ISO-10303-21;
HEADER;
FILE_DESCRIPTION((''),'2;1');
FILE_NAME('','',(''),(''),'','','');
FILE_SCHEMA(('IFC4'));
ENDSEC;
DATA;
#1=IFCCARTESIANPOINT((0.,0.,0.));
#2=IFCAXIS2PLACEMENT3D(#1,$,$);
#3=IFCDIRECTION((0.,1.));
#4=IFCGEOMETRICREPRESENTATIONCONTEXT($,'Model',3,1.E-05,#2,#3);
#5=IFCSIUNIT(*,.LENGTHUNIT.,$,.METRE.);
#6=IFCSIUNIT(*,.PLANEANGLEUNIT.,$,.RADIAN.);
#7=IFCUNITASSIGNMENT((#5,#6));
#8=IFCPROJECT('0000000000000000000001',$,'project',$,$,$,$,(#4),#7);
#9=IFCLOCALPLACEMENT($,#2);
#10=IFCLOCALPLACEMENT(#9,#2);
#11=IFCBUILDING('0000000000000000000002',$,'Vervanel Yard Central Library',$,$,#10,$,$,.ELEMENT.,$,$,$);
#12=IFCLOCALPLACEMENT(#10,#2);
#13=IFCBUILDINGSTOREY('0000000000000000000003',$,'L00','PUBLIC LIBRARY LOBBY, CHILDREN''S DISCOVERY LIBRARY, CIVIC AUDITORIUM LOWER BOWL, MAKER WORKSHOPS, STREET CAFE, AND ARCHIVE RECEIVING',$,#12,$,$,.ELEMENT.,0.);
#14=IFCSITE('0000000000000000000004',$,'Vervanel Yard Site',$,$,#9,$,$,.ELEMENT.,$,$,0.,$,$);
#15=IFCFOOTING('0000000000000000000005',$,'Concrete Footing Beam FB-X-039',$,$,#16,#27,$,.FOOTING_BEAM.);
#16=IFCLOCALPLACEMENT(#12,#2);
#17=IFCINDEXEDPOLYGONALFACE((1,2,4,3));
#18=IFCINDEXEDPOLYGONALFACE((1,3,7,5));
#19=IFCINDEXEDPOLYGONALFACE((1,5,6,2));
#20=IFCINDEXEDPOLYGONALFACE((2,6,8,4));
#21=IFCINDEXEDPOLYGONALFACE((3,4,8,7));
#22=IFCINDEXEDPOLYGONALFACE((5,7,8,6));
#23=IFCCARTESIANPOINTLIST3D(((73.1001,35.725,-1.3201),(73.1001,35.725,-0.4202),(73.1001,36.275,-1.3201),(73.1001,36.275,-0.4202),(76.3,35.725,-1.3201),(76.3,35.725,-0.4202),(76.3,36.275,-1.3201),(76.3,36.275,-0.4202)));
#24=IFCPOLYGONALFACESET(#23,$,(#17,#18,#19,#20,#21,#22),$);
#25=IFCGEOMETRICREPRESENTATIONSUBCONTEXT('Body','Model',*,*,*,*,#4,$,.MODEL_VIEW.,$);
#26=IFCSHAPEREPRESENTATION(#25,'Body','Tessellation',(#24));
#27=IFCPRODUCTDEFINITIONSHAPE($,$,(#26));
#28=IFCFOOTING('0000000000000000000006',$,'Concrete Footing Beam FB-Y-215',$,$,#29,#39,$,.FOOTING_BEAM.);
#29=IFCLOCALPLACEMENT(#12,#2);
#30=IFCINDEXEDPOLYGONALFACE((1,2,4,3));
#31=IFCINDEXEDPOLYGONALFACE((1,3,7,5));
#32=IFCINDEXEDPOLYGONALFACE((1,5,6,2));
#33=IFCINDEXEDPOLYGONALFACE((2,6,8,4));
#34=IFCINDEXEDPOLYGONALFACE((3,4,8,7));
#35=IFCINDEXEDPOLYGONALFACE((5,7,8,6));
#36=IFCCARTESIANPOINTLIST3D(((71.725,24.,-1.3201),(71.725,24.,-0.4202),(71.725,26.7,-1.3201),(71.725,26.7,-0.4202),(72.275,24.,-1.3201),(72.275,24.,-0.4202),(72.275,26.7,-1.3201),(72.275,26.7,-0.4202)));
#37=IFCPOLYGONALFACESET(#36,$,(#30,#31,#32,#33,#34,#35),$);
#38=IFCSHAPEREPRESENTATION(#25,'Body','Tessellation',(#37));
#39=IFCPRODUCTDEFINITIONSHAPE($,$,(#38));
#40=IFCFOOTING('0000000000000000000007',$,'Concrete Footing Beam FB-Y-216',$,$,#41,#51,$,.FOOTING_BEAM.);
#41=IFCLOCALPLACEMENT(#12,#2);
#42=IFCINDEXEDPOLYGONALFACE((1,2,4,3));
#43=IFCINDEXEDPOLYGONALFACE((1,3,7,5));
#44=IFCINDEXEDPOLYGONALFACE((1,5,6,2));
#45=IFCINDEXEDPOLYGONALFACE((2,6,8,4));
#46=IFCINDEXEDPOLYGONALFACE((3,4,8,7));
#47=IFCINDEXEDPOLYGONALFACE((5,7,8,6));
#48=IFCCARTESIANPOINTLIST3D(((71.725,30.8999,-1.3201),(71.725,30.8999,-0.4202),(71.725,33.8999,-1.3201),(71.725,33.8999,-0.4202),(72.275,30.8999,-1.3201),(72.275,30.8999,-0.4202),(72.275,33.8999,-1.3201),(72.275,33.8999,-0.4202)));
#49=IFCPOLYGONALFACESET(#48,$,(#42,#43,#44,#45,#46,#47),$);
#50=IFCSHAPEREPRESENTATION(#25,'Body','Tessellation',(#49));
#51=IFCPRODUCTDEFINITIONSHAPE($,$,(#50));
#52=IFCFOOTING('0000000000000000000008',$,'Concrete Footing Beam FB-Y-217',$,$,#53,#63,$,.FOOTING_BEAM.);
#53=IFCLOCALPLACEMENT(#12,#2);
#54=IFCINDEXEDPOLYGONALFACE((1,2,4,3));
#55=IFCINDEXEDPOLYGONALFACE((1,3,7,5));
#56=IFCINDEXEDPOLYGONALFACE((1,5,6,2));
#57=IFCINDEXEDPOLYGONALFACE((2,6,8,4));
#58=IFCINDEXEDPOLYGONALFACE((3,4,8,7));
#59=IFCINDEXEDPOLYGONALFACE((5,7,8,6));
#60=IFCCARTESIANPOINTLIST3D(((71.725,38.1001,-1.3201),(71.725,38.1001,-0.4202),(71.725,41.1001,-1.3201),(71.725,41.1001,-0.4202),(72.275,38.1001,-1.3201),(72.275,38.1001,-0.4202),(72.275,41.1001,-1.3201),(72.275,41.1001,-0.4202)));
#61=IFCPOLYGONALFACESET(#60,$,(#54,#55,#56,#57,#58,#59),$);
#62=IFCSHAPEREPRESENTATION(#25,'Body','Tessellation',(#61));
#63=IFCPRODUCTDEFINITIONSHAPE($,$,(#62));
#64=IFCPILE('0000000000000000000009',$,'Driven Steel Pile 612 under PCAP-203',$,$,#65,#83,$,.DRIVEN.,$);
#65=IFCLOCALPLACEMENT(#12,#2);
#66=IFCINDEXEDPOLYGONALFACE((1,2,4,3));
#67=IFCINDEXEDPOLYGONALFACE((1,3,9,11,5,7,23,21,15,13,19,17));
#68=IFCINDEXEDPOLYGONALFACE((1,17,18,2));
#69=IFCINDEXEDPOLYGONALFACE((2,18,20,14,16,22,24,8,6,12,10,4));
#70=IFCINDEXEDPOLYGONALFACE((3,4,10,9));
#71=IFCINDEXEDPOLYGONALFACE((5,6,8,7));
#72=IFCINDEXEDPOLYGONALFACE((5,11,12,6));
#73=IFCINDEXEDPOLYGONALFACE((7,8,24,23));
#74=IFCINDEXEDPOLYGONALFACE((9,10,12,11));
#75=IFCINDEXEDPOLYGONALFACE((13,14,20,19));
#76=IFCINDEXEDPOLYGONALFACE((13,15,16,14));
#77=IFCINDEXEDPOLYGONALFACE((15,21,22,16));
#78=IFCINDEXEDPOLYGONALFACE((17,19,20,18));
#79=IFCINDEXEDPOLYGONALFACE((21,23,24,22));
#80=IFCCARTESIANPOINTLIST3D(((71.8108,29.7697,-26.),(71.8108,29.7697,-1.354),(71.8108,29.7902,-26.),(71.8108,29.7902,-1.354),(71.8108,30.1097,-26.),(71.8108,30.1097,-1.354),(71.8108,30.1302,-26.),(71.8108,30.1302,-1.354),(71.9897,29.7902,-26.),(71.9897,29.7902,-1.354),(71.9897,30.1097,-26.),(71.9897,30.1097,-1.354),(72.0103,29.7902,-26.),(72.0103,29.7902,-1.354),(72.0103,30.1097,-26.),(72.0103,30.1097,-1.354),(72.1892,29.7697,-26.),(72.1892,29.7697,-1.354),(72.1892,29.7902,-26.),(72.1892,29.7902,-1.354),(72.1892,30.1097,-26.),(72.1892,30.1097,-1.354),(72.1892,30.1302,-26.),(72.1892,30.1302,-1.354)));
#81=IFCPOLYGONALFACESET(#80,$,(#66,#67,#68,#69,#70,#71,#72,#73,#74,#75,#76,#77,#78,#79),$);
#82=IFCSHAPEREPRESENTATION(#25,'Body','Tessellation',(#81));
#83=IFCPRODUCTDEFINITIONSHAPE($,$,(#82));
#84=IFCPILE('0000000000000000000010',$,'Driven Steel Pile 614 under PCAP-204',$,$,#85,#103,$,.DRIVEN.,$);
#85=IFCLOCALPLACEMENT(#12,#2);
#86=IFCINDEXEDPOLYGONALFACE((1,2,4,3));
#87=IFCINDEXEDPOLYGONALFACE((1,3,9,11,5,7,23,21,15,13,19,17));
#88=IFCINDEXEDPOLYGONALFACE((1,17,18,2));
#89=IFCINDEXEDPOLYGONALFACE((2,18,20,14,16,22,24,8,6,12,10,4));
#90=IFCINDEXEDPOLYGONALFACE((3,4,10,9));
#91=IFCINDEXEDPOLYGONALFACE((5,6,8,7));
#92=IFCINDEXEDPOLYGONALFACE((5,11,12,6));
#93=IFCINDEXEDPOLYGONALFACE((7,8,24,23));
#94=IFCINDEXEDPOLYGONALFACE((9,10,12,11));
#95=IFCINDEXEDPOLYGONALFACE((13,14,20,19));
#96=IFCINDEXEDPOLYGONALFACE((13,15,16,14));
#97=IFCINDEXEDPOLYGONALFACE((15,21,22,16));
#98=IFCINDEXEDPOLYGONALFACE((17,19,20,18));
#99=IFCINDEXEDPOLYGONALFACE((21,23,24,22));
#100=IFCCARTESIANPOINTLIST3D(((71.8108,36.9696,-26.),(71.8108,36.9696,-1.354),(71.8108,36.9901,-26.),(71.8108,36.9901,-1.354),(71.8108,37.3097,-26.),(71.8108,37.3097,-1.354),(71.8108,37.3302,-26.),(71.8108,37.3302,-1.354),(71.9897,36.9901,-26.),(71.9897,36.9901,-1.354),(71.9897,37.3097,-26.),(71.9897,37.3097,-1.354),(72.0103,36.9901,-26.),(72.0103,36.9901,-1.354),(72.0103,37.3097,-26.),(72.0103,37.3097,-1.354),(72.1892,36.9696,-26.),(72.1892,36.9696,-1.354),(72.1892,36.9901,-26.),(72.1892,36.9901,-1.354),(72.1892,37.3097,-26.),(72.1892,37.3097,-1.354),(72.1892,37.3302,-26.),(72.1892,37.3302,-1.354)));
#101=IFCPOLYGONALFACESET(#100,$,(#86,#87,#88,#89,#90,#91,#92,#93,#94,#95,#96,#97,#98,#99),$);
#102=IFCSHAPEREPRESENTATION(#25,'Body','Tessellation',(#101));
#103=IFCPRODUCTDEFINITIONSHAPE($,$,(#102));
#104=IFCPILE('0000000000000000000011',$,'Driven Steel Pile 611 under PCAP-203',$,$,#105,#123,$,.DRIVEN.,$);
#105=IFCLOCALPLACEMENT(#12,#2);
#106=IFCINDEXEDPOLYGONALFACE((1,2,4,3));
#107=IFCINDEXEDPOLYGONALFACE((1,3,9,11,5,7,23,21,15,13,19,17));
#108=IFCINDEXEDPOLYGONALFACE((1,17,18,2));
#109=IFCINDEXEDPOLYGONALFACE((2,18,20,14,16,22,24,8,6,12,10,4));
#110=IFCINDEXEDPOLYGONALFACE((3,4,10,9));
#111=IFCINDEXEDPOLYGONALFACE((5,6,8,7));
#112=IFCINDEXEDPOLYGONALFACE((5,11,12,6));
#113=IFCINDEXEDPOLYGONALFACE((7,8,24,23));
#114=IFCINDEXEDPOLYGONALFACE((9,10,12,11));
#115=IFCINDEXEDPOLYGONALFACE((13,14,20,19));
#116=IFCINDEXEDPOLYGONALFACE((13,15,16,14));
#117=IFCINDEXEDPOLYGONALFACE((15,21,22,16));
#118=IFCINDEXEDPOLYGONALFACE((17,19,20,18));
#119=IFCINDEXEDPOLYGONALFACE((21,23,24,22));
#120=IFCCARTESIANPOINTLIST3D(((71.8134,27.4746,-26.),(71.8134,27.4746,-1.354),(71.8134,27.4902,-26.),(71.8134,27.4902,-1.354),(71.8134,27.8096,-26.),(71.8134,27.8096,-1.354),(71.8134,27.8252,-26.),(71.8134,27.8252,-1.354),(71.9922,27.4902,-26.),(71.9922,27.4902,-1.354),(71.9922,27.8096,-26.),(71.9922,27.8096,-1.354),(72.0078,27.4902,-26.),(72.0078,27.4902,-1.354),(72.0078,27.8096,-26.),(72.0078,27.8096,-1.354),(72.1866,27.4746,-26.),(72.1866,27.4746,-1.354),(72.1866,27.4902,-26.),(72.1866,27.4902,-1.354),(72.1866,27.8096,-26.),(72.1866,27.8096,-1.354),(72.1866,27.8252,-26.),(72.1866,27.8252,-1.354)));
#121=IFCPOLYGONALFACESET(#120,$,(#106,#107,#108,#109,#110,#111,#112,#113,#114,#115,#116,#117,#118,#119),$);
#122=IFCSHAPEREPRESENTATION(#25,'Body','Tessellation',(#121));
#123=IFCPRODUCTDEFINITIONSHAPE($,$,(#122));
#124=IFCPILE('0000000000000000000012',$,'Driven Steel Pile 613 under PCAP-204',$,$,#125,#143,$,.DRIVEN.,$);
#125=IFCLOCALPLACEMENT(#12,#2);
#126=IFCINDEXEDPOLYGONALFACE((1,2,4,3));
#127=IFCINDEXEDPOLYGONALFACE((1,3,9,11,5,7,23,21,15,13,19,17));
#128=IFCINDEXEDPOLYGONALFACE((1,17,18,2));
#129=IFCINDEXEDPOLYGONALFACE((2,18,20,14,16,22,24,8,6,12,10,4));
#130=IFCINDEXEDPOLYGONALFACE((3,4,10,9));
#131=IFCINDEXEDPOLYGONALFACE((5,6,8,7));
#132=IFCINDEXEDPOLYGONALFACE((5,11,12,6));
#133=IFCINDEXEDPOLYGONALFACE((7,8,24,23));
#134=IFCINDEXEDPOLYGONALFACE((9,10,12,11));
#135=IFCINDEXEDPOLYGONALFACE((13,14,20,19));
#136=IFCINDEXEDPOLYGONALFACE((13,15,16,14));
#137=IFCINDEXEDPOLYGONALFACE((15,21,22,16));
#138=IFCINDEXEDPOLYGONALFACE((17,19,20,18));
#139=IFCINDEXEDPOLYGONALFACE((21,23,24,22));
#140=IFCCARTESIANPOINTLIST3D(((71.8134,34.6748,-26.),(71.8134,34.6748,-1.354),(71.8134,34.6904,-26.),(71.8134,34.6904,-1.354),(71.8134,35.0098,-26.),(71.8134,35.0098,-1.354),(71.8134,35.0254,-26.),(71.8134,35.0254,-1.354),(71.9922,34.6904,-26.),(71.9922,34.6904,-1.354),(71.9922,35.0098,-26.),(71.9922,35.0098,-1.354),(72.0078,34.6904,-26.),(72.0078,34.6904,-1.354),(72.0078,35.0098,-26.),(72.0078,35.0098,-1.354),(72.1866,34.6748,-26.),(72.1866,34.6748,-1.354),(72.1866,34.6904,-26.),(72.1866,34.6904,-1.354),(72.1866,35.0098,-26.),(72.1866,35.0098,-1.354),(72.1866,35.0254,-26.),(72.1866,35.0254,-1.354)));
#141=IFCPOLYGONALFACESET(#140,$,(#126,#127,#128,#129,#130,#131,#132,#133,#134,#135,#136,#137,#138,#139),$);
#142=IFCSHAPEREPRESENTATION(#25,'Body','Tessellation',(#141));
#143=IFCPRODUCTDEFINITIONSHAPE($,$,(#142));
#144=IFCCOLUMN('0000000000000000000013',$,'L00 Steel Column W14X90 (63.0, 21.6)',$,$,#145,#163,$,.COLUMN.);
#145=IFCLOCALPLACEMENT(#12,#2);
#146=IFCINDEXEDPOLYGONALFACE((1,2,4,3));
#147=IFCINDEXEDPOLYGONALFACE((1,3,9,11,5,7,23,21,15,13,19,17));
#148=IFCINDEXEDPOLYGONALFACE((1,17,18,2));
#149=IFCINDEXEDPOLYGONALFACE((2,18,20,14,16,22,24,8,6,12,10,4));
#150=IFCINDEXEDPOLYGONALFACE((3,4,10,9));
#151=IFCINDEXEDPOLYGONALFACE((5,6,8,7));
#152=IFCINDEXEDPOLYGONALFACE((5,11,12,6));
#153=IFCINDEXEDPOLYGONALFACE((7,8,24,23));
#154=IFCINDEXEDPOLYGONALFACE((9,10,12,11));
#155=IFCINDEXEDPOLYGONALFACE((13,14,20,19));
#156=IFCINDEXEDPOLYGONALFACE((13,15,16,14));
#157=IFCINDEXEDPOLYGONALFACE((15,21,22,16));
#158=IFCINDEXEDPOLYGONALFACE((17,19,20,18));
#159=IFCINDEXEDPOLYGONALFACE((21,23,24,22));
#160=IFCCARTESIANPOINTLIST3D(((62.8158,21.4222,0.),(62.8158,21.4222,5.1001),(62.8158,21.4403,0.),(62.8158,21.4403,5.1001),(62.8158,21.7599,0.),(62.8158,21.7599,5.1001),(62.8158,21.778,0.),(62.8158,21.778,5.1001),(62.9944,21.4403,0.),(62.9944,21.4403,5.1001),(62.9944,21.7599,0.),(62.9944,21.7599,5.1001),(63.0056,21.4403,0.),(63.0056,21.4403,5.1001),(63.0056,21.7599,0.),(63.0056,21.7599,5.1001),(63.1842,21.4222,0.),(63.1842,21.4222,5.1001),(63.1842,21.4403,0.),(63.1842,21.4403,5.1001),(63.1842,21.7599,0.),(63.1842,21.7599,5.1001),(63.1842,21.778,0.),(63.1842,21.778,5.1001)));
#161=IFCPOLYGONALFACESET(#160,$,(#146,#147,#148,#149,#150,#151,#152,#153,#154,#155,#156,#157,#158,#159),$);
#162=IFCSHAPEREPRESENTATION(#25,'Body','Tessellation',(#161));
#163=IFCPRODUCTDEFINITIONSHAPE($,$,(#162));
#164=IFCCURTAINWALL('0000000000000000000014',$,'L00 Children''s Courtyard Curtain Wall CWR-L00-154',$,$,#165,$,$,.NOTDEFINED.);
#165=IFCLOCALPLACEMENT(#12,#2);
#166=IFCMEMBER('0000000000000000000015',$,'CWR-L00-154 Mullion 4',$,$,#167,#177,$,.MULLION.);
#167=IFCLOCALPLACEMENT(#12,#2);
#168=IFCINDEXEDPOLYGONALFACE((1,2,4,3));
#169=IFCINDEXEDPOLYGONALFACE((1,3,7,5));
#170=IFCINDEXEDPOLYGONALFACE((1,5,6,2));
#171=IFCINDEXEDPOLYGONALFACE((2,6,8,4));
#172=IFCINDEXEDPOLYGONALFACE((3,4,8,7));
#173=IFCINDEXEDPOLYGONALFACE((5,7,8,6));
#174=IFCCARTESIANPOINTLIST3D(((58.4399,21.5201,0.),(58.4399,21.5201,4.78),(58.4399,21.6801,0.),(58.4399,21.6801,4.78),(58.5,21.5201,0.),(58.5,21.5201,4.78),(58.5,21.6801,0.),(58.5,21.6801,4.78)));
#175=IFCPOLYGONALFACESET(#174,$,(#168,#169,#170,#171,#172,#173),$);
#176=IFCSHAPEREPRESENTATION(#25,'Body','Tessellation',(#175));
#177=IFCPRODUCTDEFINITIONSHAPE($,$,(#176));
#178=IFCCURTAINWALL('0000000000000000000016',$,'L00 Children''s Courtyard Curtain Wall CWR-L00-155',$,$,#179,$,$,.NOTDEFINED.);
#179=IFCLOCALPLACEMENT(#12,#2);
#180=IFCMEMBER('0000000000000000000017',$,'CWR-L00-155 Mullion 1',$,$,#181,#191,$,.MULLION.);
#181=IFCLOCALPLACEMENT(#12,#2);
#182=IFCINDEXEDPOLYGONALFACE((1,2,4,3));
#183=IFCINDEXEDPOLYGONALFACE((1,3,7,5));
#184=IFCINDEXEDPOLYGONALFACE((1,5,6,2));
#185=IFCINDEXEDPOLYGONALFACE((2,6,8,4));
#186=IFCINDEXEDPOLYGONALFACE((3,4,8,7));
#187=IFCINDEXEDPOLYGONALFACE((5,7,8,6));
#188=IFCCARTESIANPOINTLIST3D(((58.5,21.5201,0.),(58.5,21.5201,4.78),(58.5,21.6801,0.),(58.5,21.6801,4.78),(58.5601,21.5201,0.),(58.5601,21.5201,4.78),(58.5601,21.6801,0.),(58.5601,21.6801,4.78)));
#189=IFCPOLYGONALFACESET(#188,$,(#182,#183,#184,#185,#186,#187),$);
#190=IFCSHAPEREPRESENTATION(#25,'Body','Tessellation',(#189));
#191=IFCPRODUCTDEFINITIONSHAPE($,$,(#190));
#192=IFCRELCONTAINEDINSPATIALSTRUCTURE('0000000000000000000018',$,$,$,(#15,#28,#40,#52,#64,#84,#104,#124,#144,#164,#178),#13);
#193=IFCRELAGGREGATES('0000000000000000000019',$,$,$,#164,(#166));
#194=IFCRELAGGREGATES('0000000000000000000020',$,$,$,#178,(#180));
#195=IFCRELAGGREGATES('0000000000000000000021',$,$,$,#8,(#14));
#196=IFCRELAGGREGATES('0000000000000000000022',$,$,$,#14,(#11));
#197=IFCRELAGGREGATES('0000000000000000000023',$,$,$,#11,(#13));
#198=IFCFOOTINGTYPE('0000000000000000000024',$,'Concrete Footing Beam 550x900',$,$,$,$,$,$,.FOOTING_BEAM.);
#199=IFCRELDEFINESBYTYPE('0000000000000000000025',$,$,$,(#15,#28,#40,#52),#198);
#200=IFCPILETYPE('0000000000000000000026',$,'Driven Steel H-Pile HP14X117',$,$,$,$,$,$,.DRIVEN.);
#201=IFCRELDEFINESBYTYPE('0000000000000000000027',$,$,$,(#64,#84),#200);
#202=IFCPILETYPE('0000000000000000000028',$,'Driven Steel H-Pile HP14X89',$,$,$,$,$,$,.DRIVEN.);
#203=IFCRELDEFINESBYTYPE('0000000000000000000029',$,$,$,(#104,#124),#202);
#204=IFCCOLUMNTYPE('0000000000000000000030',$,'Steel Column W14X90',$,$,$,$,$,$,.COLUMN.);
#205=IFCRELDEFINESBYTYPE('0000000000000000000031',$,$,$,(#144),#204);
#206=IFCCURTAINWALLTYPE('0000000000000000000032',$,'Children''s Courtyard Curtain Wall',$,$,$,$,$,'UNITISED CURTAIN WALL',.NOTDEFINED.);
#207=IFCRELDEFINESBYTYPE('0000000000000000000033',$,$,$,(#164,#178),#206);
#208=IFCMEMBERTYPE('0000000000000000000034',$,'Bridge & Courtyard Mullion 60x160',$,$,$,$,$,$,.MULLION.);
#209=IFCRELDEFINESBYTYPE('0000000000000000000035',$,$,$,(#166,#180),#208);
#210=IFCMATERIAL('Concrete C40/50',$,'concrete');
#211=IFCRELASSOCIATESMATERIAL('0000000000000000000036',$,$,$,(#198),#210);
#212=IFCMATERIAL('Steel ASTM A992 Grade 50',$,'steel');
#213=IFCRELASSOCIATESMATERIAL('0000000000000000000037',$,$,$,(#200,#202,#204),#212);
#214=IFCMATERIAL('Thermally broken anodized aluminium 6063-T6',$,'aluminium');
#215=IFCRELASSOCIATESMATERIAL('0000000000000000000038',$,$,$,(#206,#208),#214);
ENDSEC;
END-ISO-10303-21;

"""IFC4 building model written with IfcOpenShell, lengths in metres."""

from ifc_helpers import new_model, si_unit, direction, frame, origin, origin_2d, place, context, subcontext, project, spatial, rectangle, i_section, extrude, material, material_profile, profile_set, type_object, element, aggregate, save


model = new_model("IFC4")

# Units and contexts
model_context = context("Model", 3, precision=1e-05, world=origin(), true_north=direction((0.0, 1.0)))
body_context = subcontext(model_context, "Body", "Model", "MODEL_VIEW")
ifc_project = project(units=[si_unit("LENGTHUNIT", "METRE"), si_unit("PLANEANGLEUNIT", "RADIAN")], contexts=[model_context])

# Site, building, storey
site_placement = place(None, origin())
site = spatial("IfcSite", under=ifc_project, at=site_placement, Name="Vervanel Yard Site", CompositionType="ELEMENT", RefElevation=0.0)
building_placement = place(site_placement, origin())
building = spatial("IfcBuilding", under=site, at=building_placement, Name="Vervanel Yard Central Library", CompositionType="ELEMENT")
storey_placement = place(building_placement, origin())
storey = spatial("IfcBuildingStorey", under=building, at=storey_placement, Name="L00", Description="PUBLIC LIBRARY LOBBY, CHILDREN'S DISCOVERY LIBRARY, CIVIC AUDITORIUM LOWER BOWL, MAKER WORKSHOPS, STREET CAFE, AND ARCHIVE RECEIVING", CompositionType="ELEMENT", Elevation=0.0)

# Shared definitions
ifc_material_1 = material(Name="Concrete C40/50", Category="concrete")

# Footings
ifc_material_profile_1 = material_profile(ifc_material_1, rectangle(XDim=0.55, YDim=0.8999, at=origin_2d()), Name="RC 550x900", Category="concrete")
ifc_profile_set_1 = profile_set([ifc_material_profile_1], Name="Concrete C40/50")
footing_type_1 = type_object("IfcFootingType", Name="Concrete Footing Beam 550x900", PredefinedType="FOOTING_BEAM", material=ifc_profile_set_1)
for number, where, z_axis, x_axis, name in (
    (1, (73.1001, 36.0, -0.8701), (1.0, 0.0, 0.0), (0.0, 1.0, 0.0), "Concrete Footing Beam FB-X-039"),
):
    element("IfcFooting", number, at=place(storey_placement, frame(where, z_axis=z_axis, x_axis=x_axis)), inside=storey, type_object=footing_type_1, Name=name, PredefinedType="FOOTING_BEAM", context=body_context, shape_type="SweptSolid", body=[
        extrude(rectangle(XDim=0.55, YDim=0.8999, at=origin_2d()), origin(), (0.0, 0.0, 1.0), 3.2),
    ])
footing_1_placement = place(storey_placement, frame((72.0, 24.0, -0.8701), z_axis=(0.0, 1.0, 0.0), x_axis=(-1.0, 0.0, 0.0)))
element("IfcFooting", 2, at=footing_1_placement, inside=storey, type_object=footing_type_1, Name="Concrete Footing Beam FB-Y-215", PredefinedType="FOOTING_BEAM", context=body_context, shape_type="SweptSolid", body=[
    extrude(rectangle(XDim=0.55, YDim=0.8999, at=origin_2d()), origin(), (0.0, 0.0, 1.0), 2.7),
])
for number, where, z_axis, x_axis, name in (
    (3, (72.0, 30.8999, -0.8701), (0.0, 1.0, 0.0), (-1.0, 0.0, 0.0), "Concrete Footing Beam FB-Y-216"),
    (4, (72.0, 38.1001, -0.8701), (0.0, 1.0, 0.0), (-1.0, 0.0, 0.0), "Concrete Footing Beam FB-Y-217"),
):
    element("IfcFooting", number, at=place(storey_placement, frame(where, z_axis=z_axis, x_axis=x_axis)), inside=storey, type_object=footing_type_1, Name=name, PredefinedType="FOOTING_BEAM", context=body_context, shape_type="SweptSolid", body=[
        extrude(rectangle(XDim=0.55, YDim=0.8999, at=origin_2d()), origin(), (0.0, 0.0, 1.0), 3.0),
    ])

# Piles
ifc_material_2 = material(Name="Steel ASTM A992 Grade 50", Category="steel")
ifc_material_profile_2 = material_profile(ifc_material_2, i_section(OverallWidth=0.3784, OverallDepth=0.3606, WebThickness=0.0205, FlangeThickness=0.0205, at=origin_2d()), Name="HP14X117", Category="steel")
ifc_profile_set_2 = profile_set([ifc_material_profile_2], Name="Steel ASTM A992 Grade 50")
pile_type_1 = type_object("IfcPileType", Name="Driven Steel H-Pile HP14X117", PredefinedType="DRIVEN", material=ifc_profile_set_2)
for number, where, z_axis, x_axis, name in (
    (5, (72.0, 29.95, -26.0), (0.0, 0.0, 1.0), (1.0, 0.0, 0.0), "Driven Steel Pile 612 under PCAP-203"),
    (6, (72.0, 37.1499, -26.0), (0.0, 0.0, 1.0), (1.0, 0.0, 0.0), "Driven Steel Pile 614 under PCAP-204"),
):
    element("IfcPile", number, at=place(storey_placement, frame(where, z_axis=z_axis, x_axis=x_axis)), inside=storey, type_object=pile_type_1, Name=name, PredefinedType="DRIVEN", context=body_context, shape_type="SweptSolid", body=[
        extrude(i_section(OverallWidth=0.3784, OverallDepth=0.3606, WebThickness=0.0205, FlangeThickness=0.0205, at=origin_2d()), origin(), (0.0, 0.0, 1.0), 24.646),
    ])
ifc_material_profile_3 = material_profile(ifc_material_2, i_section(OverallWidth=0.3733, OverallDepth=0.3506, WebThickness=0.0156, FlangeThickness=0.0156, at=origin_2d()), Name="HP14X89", Category="steel")
ifc_profile_set_3 = profile_set([ifc_material_profile_3], Name="Steel ASTM A992 Grade 50")
pile_type_2 = type_object("IfcPileType", Name="Driven Steel H-Pile HP14X89", PredefinedType="DRIVEN", material=ifc_profile_set_3)
for number, where, z_axis, x_axis, name in (
    (7, (72.0, 27.6499, -26.0), (0.0, 0.0, 1.0), (1.0, 0.0, 0.0), "Driven Steel Pile 611 under PCAP-203"),
    (8, (72.0, 34.8501, -26.0), (0.0, 0.0, 1.0), (1.0, 0.0, 0.0), "Driven Steel Pile 613 under PCAP-204"),
):
    element("IfcPile", number, at=place(storey_placement, frame(where, z_axis=z_axis, x_axis=x_axis)), inside=storey, type_object=pile_type_2, Name=name, PredefinedType="DRIVEN", context=body_context, shape_type="SweptSolid", body=[
        extrude(i_section(OverallWidth=0.3733, OverallDepth=0.3506, WebThickness=0.0156, FlangeThickness=0.0156, at=origin_2d()), origin(), (0.0, 0.0, 1.0), 24.646),
    ])

# Column
ifc_material_profile_4 = material_profile(ifc_material_2, i_section(OverallWidth=0.3684, OverallDepth=0.3557, WebThickness=0.0112, FlangeThickness=0.0181, at=origin_2d()), Name="W14X90", Category="steel")
ifc_profile_set_4 = profile_set([ifc_material_profile_4], Name="Steel ASTM A992 Grade 50")
column_type = type_object("IfcColumnType", Name="Steel Column W14X90", PredefinedType="COLUMN", material=ifc_profile_set_4)
column_placement = place(storey_placement, frame((63.0, 21.6001, 0.0), z_axis=(0.0, 0.0, 1.0), x_axis=(1.0, 0.0, 0.0)))
element("IfcColumn", 9, at=column_placement, inside=storey, type_object=column_type, Name="L00 Steel Column W14X90 (63.0, 21.6)", PredefinedType="COLUMN", context=body_context, shape_type="SweptSolid", body=[
    extrude(i_section(OverallWidth=0.3684, OverallDepth=0.3557, WebThickness=0.0112, FlangeThickness=0.0181, at=origin_2d()), origin(), (0.0, 0.0, 1.0), 5.1001),
])

# Curtain wall, member
ifc_material_3 = material(Name="Thermally broken anodized aluminium 6063-T6", Category="aluminium")
curtain_wall_type = type_object("IfcCurtainWallType", Name="Children's Courtyard Curtain Wall", ElementType="UNITISED CURTAIN WALL", PredefinedType="NOTDEFINED", material=ifc_material_3)
curtain_wall_1_placement = place(storey_placement, origin())
curtain_wall_1 = element("IfcCurtainWall", 10, at=curtain_wall_1_placement, inside=storey, type_object=curtain_wall_type, Name="L00 Children's Courtyard Curtain Wall CWR-L00-154", PredefinedType="NOTDEFINED")
ifc_material_profile_5 = material_profile(ifc_material_3, rectangle(XDim=0.0601, YDim=0.1599, at=origin_2d()), Name="ALU 60x160", Category="aluminium")
ifc_profile_set_5 = profile_set([ifc_material_profile_5], Name="Thermally broken anodized aluminium 6063-T6")
member_type = type_object("IfcMemberType", Name="Bridge & Courtyard Mullion 60x160", PredefinedType="MULLION", material=ifc_profile_set_5)
member_1_placement = place(storey_placement, frame((58.47, 21.6001, 0.0), z_axis=(0.0, 0.0, 1.0), x_axis=(1.0, 0.0, 0.0)))
member_1 = element("IfcMember", 11, at=member_1_placement, type_object=member_type, Name="CWR-L00-154 Mullion 4", PredefinedType="MULLION", context=body_context, shape_type="SweptSolid", body=[
    extrude(rectangle(XDim=0.0601, YDim=0.1599, at=origin_2d()), origin(), (0.0, 0.0, 1.0), 4.78),
])
aggregate(curtain_wall_1, [member_1])

# Curtain wall, member
curtain_wall_2_placement = place(storey_placement, origin())
curtain_wall_2 = element("IfcCurtainWall", 12, at=curtain_wall_2_placement, inside=storey, type_object=curtain_wall_type, Name="L00 Children's Courtyard Curtain Wall CWR-L00-155", PredefinedType="NOTDEFINED")
member_2_placement = place(storey_placement, frame((58.53, 21.6001, 0.0), z_axis=(0.0, 0.0, 1.0), x_axis=(1.0, 0.0, 0.0)))
member_2 = element("IfcMember", 13, at=member_2_placement, type_object=member_type, Name="CWR-L00-155 Mullion 1", PredefinedType="MULLION", context=body_context, shape_type="SweptSolid", body=[
    extrude(rectangle(XDim=0.0601, YDim=0.1599, at=origin_2d()), origin(), (0.0, 0.0, 1.0), 4.78),
])
aggregate(curtain_wall_2, [member_2])

save(model, "model.ifc")
